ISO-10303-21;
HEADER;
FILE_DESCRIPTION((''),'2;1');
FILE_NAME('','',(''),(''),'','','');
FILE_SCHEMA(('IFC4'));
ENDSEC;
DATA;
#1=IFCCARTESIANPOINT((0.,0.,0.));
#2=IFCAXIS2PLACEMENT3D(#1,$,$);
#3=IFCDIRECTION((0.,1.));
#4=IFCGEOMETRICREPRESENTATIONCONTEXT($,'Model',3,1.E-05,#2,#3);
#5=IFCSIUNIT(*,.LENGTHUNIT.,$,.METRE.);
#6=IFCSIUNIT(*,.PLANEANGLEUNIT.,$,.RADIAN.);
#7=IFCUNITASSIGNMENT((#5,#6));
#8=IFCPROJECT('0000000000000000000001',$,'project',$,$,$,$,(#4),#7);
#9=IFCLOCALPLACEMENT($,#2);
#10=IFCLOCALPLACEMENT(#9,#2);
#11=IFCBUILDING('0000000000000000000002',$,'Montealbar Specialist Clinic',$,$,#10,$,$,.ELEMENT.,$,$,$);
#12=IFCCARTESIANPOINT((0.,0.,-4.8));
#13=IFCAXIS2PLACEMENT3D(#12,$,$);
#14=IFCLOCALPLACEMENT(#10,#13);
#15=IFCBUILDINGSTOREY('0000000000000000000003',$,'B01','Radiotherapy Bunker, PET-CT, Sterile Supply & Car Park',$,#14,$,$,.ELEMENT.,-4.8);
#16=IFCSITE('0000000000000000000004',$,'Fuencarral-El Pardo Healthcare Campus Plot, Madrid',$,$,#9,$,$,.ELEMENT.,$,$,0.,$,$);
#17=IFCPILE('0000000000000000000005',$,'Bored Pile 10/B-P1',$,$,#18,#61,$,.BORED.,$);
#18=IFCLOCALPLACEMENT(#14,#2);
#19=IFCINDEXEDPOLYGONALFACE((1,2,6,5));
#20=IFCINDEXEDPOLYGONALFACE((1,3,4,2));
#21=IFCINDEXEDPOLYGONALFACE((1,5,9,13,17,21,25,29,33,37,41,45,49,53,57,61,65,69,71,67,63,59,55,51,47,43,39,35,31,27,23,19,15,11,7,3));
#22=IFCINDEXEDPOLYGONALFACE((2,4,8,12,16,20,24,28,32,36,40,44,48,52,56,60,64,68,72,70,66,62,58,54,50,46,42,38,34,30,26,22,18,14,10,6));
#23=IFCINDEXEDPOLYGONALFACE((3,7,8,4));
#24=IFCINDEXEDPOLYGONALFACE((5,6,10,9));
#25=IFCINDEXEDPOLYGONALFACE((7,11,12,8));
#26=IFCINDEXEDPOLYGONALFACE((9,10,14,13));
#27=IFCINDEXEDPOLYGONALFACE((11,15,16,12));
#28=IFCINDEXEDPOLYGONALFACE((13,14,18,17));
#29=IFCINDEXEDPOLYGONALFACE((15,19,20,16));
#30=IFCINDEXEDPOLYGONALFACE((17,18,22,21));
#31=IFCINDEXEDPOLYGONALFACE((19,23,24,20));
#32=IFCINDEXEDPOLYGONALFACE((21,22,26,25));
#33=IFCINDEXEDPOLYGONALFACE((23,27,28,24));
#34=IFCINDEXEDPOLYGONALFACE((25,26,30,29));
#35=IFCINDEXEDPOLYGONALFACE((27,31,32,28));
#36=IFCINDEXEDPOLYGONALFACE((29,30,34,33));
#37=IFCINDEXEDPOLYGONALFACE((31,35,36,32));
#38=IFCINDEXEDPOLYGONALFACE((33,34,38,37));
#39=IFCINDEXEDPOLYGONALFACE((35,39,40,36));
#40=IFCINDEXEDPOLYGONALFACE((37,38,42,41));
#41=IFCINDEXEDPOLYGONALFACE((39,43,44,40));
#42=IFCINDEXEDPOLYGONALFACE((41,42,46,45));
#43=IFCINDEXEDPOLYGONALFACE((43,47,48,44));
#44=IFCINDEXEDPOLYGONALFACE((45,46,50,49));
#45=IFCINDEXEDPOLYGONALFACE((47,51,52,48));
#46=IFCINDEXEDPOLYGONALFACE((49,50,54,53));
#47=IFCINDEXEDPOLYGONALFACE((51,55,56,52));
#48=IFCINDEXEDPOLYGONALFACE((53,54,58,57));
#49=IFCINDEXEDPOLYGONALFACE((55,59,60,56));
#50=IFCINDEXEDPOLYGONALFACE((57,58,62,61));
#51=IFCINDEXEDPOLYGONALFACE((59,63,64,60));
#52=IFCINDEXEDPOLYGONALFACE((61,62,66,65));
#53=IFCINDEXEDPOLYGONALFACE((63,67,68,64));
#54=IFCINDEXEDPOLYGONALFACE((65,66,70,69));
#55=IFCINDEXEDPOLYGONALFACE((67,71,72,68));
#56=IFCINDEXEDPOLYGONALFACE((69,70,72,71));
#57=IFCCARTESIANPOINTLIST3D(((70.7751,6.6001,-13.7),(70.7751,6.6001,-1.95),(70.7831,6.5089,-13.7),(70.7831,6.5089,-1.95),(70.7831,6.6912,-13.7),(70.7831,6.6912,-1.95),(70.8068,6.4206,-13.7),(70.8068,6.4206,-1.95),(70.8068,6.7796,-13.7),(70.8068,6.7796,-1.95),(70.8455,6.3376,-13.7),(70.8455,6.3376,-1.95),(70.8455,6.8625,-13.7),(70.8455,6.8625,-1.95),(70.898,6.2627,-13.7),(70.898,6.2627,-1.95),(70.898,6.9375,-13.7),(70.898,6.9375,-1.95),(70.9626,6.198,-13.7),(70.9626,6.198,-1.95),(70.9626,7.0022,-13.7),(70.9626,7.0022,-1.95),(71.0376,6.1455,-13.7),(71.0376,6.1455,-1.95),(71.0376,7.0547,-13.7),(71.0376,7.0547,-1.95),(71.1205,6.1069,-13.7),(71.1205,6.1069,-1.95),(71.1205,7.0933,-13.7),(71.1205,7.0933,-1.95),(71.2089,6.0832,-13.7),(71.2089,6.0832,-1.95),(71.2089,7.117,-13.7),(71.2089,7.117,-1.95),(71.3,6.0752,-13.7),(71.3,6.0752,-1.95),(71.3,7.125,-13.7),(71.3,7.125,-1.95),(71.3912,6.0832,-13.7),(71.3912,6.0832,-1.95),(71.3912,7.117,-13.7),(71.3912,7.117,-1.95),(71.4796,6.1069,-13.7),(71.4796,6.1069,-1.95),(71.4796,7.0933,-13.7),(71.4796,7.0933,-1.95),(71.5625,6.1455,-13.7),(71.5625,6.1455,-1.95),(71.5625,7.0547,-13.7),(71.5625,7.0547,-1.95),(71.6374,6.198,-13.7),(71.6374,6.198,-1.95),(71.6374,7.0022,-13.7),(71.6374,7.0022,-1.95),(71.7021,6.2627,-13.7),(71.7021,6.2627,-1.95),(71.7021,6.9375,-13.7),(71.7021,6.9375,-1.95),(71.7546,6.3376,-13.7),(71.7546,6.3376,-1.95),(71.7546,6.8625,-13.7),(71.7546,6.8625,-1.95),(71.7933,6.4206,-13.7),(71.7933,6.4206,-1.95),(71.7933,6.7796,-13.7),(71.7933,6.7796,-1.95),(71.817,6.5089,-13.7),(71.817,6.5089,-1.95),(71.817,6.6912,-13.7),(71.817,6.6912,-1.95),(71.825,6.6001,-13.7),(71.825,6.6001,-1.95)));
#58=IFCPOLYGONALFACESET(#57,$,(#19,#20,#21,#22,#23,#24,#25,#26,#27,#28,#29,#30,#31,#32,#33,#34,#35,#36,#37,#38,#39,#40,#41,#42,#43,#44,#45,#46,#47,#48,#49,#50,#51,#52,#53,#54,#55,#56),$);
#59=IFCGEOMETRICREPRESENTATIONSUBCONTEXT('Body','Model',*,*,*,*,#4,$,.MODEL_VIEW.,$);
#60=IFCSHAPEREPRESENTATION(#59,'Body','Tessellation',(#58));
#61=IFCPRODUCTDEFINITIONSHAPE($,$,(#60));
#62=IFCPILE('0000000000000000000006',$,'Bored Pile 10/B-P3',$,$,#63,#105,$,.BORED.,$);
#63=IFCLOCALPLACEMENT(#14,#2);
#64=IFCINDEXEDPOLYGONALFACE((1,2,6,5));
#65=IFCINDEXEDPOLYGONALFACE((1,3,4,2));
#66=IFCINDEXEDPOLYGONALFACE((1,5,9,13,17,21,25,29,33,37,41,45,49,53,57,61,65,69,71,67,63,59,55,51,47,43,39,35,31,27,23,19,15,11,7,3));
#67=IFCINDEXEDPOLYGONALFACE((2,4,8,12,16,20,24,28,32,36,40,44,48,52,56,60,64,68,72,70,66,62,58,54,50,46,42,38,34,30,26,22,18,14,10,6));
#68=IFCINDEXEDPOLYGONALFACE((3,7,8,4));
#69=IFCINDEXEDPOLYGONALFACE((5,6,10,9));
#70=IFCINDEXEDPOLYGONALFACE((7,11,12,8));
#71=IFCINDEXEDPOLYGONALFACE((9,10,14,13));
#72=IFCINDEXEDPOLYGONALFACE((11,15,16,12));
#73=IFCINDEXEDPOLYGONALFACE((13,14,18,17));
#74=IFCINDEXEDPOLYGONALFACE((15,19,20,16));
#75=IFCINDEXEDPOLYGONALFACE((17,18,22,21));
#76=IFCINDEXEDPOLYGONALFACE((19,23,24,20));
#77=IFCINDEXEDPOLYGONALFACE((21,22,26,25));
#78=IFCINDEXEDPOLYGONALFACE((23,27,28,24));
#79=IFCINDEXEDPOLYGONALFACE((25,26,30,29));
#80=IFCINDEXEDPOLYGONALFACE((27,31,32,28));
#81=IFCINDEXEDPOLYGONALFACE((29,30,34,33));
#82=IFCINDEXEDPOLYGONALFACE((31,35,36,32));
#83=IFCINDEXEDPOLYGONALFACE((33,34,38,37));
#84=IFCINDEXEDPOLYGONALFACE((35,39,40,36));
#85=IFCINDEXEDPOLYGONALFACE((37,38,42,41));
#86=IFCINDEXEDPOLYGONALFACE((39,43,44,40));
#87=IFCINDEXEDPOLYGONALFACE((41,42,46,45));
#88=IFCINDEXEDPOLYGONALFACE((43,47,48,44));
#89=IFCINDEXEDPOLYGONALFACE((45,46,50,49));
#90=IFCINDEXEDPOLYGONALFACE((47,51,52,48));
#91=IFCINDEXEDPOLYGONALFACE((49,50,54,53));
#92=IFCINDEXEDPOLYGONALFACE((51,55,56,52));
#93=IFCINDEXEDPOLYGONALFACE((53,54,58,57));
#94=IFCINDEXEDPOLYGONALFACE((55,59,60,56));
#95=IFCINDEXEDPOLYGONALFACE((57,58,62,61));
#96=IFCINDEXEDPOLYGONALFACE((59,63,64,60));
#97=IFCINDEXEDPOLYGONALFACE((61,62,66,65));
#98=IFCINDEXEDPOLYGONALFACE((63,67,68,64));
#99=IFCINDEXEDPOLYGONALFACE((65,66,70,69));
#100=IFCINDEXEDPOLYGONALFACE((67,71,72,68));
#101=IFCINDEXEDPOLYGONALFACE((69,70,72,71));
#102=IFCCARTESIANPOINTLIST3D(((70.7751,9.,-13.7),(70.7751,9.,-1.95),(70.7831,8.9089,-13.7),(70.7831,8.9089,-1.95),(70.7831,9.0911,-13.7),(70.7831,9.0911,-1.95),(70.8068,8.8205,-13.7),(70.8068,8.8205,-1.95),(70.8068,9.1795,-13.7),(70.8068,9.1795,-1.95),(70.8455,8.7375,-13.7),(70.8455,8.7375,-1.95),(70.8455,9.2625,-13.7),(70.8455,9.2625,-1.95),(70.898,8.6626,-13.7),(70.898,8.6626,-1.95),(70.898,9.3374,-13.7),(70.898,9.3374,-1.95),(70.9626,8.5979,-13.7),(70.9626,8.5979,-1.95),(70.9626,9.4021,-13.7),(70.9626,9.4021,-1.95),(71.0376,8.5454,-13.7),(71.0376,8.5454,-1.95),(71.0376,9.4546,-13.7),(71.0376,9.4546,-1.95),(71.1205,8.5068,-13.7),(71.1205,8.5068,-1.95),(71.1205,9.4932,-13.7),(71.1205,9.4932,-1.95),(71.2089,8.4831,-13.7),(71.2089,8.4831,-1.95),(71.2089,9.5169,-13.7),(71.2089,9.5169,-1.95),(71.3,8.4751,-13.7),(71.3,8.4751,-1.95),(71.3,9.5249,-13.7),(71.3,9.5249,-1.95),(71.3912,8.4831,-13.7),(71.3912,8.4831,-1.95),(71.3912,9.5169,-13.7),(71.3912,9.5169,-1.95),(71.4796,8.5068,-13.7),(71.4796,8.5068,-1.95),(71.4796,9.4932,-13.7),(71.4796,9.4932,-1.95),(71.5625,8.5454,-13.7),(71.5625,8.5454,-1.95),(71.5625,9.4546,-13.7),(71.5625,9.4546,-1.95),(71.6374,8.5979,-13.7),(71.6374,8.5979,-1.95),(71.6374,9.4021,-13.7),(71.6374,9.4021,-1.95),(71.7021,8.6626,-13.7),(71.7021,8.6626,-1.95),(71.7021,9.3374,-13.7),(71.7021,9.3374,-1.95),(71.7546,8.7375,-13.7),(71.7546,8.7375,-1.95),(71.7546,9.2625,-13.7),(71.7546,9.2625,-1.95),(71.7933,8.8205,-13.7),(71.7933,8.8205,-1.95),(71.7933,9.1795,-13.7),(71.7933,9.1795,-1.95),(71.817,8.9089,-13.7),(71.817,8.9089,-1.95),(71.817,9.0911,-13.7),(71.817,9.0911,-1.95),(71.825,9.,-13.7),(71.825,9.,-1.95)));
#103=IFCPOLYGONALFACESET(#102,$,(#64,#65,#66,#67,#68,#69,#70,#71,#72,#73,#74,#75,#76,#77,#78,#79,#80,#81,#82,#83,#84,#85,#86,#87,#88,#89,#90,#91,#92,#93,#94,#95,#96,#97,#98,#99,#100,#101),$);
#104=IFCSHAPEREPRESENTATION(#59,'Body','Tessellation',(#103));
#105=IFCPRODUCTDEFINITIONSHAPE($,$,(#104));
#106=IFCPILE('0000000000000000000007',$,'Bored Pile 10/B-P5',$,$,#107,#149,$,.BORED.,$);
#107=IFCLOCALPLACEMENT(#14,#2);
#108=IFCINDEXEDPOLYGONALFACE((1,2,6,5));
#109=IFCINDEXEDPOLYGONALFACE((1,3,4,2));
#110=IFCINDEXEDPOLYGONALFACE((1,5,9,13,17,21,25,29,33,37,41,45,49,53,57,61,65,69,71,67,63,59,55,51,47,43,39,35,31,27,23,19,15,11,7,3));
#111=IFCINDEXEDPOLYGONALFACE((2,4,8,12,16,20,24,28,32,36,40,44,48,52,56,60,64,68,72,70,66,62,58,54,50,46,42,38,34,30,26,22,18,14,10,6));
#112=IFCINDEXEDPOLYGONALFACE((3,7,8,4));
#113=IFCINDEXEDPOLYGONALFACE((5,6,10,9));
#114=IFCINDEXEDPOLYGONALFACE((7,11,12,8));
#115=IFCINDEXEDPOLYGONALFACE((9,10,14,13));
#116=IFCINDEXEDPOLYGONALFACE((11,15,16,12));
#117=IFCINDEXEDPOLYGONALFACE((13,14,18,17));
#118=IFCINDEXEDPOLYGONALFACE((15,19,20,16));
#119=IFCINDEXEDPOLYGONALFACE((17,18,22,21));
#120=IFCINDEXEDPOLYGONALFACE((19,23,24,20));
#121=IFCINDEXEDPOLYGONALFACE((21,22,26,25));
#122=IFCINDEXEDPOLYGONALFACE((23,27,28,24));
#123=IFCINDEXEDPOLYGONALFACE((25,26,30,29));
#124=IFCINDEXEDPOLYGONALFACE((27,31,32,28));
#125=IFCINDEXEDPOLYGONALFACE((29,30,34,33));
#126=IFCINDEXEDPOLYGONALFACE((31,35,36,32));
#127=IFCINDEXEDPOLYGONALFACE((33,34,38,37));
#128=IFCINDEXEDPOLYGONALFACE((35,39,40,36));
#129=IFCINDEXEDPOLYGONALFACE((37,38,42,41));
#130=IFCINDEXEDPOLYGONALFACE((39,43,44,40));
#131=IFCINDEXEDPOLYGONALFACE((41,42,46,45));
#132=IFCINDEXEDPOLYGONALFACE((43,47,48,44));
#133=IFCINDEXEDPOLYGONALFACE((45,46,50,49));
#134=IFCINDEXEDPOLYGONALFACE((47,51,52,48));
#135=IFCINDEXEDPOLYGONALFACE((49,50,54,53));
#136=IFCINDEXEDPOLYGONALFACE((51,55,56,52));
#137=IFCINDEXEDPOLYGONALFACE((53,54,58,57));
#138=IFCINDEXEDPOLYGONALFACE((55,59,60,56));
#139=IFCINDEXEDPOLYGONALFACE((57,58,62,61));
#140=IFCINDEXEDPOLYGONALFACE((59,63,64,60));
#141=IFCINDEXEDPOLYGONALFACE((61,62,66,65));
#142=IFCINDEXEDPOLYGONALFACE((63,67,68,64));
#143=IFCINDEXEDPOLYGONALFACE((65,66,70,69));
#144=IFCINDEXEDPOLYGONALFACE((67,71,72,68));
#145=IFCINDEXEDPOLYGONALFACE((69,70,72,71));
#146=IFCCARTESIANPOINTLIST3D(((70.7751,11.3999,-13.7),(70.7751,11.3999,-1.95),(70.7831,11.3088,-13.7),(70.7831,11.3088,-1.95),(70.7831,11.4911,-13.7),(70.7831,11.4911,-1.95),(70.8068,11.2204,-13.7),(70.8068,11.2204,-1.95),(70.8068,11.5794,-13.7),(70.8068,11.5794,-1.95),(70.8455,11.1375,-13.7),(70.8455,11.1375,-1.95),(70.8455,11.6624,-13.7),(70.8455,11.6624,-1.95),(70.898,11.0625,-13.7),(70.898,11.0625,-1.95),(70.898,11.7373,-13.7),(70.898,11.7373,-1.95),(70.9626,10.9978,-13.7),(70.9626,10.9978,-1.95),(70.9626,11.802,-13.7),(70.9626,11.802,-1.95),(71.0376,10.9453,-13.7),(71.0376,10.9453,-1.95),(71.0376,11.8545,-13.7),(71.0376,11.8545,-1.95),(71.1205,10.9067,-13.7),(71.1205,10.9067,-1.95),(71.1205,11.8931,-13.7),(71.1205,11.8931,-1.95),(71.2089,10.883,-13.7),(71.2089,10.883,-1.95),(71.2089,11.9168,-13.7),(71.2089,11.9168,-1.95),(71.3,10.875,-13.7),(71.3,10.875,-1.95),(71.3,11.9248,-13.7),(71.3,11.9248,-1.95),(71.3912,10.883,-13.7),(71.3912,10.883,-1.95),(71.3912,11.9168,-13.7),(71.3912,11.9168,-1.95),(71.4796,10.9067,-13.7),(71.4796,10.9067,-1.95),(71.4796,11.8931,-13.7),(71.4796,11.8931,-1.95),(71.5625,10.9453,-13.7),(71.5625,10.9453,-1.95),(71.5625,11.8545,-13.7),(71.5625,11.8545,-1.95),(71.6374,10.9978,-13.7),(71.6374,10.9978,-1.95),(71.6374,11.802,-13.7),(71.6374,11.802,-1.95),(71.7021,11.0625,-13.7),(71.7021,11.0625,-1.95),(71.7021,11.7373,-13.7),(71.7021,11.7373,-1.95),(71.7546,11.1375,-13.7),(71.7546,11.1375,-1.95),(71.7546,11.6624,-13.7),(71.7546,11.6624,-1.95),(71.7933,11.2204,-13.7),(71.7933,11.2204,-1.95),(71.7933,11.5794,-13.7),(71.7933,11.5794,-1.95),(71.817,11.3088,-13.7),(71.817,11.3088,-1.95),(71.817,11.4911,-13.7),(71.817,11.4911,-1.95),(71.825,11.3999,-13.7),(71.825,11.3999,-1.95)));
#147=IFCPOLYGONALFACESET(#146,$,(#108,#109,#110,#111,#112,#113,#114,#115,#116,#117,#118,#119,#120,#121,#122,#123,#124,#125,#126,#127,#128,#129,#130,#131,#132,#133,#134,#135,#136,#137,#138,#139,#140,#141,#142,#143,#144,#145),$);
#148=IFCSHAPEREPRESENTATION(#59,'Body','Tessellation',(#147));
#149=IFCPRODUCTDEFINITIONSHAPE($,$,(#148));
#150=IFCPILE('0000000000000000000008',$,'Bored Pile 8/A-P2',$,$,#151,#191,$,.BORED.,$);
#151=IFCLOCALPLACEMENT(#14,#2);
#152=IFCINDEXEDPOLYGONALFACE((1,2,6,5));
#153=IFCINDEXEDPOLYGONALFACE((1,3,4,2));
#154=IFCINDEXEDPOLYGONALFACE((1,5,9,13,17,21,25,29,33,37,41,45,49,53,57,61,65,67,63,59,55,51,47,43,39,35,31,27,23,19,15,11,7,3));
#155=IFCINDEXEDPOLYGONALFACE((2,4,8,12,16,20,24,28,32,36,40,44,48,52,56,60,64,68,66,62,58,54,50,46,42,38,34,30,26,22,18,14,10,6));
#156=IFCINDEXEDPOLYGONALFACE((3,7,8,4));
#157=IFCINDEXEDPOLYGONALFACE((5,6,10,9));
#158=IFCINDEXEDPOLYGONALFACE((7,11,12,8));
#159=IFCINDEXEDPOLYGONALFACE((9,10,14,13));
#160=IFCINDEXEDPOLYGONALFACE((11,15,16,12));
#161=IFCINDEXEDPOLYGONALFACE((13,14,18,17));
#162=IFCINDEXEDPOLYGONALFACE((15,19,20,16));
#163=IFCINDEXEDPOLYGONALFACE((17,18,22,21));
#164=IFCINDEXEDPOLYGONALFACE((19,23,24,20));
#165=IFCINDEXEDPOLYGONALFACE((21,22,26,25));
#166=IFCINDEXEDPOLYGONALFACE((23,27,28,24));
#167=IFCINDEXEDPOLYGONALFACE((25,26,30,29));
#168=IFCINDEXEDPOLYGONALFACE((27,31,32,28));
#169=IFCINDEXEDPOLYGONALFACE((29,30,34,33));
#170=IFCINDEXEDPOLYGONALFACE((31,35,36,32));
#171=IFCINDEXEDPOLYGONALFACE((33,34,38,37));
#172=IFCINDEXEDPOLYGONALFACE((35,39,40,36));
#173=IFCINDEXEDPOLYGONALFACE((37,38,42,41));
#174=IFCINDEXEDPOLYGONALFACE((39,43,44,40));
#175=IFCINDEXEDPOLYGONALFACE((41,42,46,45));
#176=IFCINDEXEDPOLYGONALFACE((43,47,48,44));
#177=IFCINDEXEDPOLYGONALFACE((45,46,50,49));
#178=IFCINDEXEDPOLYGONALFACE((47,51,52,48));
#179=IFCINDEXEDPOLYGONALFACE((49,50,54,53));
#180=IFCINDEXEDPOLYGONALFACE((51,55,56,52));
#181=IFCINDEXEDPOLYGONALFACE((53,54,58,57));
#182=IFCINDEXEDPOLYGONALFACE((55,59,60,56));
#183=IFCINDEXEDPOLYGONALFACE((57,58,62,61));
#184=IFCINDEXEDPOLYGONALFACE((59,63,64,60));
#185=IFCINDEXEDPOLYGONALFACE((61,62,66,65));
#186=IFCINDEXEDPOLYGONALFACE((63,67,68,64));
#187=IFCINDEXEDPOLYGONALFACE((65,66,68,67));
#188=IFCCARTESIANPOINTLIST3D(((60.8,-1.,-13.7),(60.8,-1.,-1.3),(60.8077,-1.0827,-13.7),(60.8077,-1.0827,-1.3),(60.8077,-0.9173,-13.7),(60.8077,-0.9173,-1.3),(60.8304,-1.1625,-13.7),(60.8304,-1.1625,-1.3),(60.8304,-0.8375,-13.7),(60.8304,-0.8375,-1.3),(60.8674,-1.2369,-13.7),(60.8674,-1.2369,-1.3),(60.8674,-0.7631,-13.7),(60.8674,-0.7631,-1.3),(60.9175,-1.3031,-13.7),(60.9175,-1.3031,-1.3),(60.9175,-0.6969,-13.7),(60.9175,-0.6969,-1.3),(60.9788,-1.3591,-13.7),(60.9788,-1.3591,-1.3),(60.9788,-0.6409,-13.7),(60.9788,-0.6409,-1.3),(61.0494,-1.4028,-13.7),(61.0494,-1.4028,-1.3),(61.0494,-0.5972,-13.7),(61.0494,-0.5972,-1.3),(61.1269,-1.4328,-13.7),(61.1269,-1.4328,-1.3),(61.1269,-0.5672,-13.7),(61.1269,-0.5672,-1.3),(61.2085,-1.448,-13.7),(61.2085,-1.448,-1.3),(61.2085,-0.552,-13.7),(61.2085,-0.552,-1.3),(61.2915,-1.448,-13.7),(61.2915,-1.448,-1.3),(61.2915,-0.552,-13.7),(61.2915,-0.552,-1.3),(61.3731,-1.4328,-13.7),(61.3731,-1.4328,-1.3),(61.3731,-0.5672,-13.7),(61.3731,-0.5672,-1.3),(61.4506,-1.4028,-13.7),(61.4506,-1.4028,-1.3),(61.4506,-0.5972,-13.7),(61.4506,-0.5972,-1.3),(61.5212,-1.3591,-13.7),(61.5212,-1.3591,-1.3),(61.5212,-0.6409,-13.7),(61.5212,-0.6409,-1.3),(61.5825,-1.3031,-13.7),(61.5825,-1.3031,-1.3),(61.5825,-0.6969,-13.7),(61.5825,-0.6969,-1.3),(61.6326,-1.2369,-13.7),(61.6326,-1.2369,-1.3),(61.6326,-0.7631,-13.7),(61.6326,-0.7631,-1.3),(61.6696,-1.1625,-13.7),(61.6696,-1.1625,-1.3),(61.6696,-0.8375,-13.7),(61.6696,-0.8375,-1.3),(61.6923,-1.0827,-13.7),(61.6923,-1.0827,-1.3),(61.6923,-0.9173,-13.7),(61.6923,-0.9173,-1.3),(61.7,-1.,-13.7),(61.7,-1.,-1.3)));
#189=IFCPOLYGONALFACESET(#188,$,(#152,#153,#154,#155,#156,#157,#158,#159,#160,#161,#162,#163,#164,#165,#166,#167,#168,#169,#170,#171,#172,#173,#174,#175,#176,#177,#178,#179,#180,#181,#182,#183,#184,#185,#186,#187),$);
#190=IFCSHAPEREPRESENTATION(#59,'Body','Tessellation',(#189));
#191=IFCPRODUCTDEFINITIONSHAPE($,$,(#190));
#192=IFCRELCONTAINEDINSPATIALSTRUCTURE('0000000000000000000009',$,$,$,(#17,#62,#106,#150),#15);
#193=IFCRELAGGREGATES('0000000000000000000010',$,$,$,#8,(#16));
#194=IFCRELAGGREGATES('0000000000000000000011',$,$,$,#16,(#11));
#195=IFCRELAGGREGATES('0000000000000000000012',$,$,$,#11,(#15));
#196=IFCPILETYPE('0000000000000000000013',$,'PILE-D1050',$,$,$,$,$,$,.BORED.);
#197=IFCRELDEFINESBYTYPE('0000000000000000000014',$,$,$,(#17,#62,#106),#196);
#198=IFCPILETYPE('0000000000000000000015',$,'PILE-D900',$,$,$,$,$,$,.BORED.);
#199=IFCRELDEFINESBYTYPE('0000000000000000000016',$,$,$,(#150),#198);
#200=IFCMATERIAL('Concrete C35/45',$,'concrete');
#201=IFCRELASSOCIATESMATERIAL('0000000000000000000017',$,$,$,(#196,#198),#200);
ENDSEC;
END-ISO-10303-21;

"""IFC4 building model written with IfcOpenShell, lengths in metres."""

from ifc_helpers import new_model, si_unit, direction, frame, origin, origin_2d, place, context, subcontext, project, spatial, circle, extrude, material, material_profile, profile_set, type_object, element, save


model = new_model("IFC4")

# Units and contexts
model_context = context("Model", 3, precision=1e-05, world=origin(), true_north=direction((0.0, 1.0)))
body_context = subcontext(model_context, "Body", "Model", "MODEL_VIEW")
ifc_project = project(units=[si_unit("LENGTHUNIT", "METRE"), si_unit("PLANEANGLEUNIT", "RADIAN")], contexts=[model_context])

# Site, building, storey
site_placement = place(None, origin())
site = spatial("IfcSite", under=ifc_project, at=site_placement, Name="Fuencarral-El Pardo Healthcare Campus Plot, Madrid", CompositionType="ELEMENT", RefElevation=0.0)
building_placement = place(site_placement, origin())
building = spatial("IfcBuilding", under=site, at=building_placement, Name="Montealbar Specialist Clinic", CompositionType="ELEMENT")
storey_placement = place(building_placement, frame((0.0, 0.0, -4.8)))
storey = spatial("IfcBuildingStorey", under=building, at=storey_placement, Name="B01", Description="Radiotherapy Bunker, PET-CT, Sterile Supply & Car Park", CompositionType="ELEMENT", Elevation=-4.8)

# Shared definitions
ifc_material_1 = material(Name="Concrete C35/45", Category="concrete")

# Piles
ifc_material_profile_1 = material_profile(ifc_material_1, circle(Radius=0.5249, at=origin_2d()), Name="PILE D1050", Category="concrete")
ifc_profile_set_1 = profile_set([ifc_material_profile_1], Name="Concrete C35/45")
pile_type_1 = type_object("IfcPileType", Name="PILE-D1050", PredefinedType="BORED", material=ifc_profile_set_1)
for number, where, z_axis, x_axis, name in (
    (1, (71.3, 6.6001, -1.95), (0.0, 0.0, -1.0), (1.0, 0.0, 0.0), "Bored Pile 10/B-P1"),
    (2, (71.3, 9.0, -1.95), (0.0, 0.0, -1.0), (1.0, 0.0, 0.0), "Bored Pile 10/B-P3"),
    (3, (71.3, 11.3999, -1.95), (0.0, 0.0, -1.0), (1.0, 0.0, 0.0), "Bored Pile 10/B-P5"),
):
    element("IfcPile", number, at=place(storey_placement, frame(where, z_axis=z_axis, x_axis=x_axis)), inside=storey, type_object=pile_type_1, Name=name, PredefinedType="BORED", context=body_context, shape_type="SweptSolid", body=[
        extrude(circle(Radius=0.5249, at=origin_2d()), origin(), (0.0, 0.0, 1.0), 11.75),
    ])
ifc_material_profile_2 = material_profile(ifc_material_1, circle(Radius=0.45, at=origin_2d()), Name="PILE D900", Category="concrete")
ifc_profile_set_2 = profile_set([ifc_material_profile_2], Name="Concrete C35/45")
pile_type_2 = type_object("IfcPileType", Name="PILE-D900", PredefinedType="BORED", material=ifc_profile_set_2)
for number, where, z_axis, x_axis, name in (
    (4, (61.25, -1.0, -1.3), (0.0, 0.0, -1.0), (1.0, 0.0, 0.0), "Bored Pile 8/A-P2"),
):
    element("IfcPile", number, at=place(storey_placement, frame(where, z_axis=z_axis, x_axis=x_axis)), inside=storey, type_object=pile_type_2, Name=name, PredefinedType="BORED", context=body_context, shape_type="SweptSolid", body=[
        extrude(circle(Radius=0.45, at=origin_2d()), origin(), (0.0, 0.0, 1.0), 12.3999),
    ])

save(model, "model.ifc")
